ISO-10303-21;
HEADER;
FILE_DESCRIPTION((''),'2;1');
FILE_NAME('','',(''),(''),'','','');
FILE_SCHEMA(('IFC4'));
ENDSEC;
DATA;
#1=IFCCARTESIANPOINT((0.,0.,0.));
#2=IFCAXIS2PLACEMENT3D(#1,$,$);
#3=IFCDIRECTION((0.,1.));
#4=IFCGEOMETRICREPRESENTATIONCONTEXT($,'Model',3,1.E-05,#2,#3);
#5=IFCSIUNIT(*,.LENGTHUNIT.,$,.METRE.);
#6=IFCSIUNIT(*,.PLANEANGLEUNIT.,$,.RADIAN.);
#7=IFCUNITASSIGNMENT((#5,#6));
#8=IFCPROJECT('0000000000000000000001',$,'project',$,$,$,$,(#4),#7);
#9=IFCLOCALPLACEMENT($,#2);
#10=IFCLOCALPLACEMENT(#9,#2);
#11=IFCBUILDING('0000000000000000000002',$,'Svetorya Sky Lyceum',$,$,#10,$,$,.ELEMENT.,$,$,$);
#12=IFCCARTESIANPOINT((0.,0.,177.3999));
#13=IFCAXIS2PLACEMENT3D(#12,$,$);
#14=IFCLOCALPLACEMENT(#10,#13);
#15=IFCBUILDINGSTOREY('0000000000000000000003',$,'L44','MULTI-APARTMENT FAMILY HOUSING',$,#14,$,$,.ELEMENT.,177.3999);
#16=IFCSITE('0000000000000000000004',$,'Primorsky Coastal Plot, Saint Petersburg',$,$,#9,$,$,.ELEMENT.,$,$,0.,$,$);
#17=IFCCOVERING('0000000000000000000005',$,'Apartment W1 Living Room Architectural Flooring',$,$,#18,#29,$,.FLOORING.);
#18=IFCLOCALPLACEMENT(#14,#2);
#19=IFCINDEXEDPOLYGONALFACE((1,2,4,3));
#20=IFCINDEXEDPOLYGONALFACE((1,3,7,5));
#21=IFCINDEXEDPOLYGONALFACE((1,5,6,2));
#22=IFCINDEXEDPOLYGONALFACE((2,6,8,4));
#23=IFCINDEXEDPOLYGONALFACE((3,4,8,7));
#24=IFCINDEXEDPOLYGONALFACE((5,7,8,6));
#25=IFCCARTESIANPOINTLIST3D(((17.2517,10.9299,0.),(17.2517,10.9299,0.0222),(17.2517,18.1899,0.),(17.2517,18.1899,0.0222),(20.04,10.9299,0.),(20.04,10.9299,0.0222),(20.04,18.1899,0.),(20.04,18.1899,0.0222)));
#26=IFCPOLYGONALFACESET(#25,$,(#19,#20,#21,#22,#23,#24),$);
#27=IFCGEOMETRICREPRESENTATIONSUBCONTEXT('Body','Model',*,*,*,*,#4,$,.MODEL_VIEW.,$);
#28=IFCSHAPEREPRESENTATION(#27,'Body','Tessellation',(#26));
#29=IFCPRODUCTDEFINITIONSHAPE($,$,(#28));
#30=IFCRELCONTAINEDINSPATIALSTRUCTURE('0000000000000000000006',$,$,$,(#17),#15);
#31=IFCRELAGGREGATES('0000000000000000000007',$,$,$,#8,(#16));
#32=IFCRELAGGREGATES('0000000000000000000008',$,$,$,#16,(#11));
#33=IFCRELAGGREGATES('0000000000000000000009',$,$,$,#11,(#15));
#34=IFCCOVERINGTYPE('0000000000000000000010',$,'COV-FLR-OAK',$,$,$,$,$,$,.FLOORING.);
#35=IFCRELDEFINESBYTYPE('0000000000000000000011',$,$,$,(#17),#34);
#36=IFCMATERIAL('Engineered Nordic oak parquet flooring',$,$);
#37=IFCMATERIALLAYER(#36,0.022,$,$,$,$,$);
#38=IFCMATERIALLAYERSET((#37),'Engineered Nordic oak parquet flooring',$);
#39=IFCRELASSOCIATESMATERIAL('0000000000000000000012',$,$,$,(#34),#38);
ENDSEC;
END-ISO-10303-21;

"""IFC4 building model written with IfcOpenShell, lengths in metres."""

from ifc_helpers import new_model, si_unit, direction, frame, origin, place, context, subcontext, project, spatial, polyline, outline, extrude, material, layer, layer_set, type_object, element, save


model = new_model("IFC4")

# Units and contexts
model_context = context("Model", 3, precision=1e-05, world=origin(), true_north=direction((0.0, 1.0)))
body_context = subcontext(model_context, "Body", "Model", "MODEL_VIEW")
ifc_project = project(units=[si_unit("LENGTHUNIT", "METRE"), si_unit("PLANEANGLEUNIT", "RADIAN")], contexts=[model_context])

# Site, building, storey
site_placement = place(None, origin())
site = spatial("IfcSite", under=ifc_project, at=site_placement, Name="Primorsky Coastal Plot, Saint Petersburg", CompositionType="ELEMENT", RefElevation=0.0)
building_placement = place(site_placement, origin())
building = spatial("IfcBuilding", under=site, at=building_placement, Name="Svetorya Sky Lyceum", CompositionType="ELEMENT")
storey_placement = place(building_placement, frame((0.0, 0.0, 177.3999)))
storey = spatial("IfcBuildingStorey", under=building, at=storey_placement, Name="L44", Description="MULTI-APARTMENT FAMILY HOUSING", CompositionType="ELEMENT", Elevation=177.3999)

# Covering
ifc_material_1 = material(Name="Engineered Nordic oak parquet flooring")
ifc_layer_1 = layer(ifc_material_1, 0.022)
ifc_layer_set_1 = layer_set([ifc_layer_1], Name="Engineered Nordic oak parquet flooring")
covering_type_1 = type_object("IfcCoveringType", Name="COV-FLR-OAK", PredefinedType="FLOORING", material=ifc_layer_set_1)
covering_1_placement = place(storey_placement, origin())
element("IfcCovering", 1, at=covering_1_placement, inside=storey, type_object=covering_type_1, Name="Apartment W1 Living Room Architectural Flooring", PredefinedType="FLOORING", context=body_context, shape_type="SweptSolid", body=[
    extrude(outline(polyline([(17.2517, 10.9299), (20.04, 10.9299), (20.04, 18.1899), (17.2517, 18.1899), (17.2517, 10.9299)])), origin(), (0.0, 0.0, 1.0), 0.0222),
])

save(model, "model.ifc")
